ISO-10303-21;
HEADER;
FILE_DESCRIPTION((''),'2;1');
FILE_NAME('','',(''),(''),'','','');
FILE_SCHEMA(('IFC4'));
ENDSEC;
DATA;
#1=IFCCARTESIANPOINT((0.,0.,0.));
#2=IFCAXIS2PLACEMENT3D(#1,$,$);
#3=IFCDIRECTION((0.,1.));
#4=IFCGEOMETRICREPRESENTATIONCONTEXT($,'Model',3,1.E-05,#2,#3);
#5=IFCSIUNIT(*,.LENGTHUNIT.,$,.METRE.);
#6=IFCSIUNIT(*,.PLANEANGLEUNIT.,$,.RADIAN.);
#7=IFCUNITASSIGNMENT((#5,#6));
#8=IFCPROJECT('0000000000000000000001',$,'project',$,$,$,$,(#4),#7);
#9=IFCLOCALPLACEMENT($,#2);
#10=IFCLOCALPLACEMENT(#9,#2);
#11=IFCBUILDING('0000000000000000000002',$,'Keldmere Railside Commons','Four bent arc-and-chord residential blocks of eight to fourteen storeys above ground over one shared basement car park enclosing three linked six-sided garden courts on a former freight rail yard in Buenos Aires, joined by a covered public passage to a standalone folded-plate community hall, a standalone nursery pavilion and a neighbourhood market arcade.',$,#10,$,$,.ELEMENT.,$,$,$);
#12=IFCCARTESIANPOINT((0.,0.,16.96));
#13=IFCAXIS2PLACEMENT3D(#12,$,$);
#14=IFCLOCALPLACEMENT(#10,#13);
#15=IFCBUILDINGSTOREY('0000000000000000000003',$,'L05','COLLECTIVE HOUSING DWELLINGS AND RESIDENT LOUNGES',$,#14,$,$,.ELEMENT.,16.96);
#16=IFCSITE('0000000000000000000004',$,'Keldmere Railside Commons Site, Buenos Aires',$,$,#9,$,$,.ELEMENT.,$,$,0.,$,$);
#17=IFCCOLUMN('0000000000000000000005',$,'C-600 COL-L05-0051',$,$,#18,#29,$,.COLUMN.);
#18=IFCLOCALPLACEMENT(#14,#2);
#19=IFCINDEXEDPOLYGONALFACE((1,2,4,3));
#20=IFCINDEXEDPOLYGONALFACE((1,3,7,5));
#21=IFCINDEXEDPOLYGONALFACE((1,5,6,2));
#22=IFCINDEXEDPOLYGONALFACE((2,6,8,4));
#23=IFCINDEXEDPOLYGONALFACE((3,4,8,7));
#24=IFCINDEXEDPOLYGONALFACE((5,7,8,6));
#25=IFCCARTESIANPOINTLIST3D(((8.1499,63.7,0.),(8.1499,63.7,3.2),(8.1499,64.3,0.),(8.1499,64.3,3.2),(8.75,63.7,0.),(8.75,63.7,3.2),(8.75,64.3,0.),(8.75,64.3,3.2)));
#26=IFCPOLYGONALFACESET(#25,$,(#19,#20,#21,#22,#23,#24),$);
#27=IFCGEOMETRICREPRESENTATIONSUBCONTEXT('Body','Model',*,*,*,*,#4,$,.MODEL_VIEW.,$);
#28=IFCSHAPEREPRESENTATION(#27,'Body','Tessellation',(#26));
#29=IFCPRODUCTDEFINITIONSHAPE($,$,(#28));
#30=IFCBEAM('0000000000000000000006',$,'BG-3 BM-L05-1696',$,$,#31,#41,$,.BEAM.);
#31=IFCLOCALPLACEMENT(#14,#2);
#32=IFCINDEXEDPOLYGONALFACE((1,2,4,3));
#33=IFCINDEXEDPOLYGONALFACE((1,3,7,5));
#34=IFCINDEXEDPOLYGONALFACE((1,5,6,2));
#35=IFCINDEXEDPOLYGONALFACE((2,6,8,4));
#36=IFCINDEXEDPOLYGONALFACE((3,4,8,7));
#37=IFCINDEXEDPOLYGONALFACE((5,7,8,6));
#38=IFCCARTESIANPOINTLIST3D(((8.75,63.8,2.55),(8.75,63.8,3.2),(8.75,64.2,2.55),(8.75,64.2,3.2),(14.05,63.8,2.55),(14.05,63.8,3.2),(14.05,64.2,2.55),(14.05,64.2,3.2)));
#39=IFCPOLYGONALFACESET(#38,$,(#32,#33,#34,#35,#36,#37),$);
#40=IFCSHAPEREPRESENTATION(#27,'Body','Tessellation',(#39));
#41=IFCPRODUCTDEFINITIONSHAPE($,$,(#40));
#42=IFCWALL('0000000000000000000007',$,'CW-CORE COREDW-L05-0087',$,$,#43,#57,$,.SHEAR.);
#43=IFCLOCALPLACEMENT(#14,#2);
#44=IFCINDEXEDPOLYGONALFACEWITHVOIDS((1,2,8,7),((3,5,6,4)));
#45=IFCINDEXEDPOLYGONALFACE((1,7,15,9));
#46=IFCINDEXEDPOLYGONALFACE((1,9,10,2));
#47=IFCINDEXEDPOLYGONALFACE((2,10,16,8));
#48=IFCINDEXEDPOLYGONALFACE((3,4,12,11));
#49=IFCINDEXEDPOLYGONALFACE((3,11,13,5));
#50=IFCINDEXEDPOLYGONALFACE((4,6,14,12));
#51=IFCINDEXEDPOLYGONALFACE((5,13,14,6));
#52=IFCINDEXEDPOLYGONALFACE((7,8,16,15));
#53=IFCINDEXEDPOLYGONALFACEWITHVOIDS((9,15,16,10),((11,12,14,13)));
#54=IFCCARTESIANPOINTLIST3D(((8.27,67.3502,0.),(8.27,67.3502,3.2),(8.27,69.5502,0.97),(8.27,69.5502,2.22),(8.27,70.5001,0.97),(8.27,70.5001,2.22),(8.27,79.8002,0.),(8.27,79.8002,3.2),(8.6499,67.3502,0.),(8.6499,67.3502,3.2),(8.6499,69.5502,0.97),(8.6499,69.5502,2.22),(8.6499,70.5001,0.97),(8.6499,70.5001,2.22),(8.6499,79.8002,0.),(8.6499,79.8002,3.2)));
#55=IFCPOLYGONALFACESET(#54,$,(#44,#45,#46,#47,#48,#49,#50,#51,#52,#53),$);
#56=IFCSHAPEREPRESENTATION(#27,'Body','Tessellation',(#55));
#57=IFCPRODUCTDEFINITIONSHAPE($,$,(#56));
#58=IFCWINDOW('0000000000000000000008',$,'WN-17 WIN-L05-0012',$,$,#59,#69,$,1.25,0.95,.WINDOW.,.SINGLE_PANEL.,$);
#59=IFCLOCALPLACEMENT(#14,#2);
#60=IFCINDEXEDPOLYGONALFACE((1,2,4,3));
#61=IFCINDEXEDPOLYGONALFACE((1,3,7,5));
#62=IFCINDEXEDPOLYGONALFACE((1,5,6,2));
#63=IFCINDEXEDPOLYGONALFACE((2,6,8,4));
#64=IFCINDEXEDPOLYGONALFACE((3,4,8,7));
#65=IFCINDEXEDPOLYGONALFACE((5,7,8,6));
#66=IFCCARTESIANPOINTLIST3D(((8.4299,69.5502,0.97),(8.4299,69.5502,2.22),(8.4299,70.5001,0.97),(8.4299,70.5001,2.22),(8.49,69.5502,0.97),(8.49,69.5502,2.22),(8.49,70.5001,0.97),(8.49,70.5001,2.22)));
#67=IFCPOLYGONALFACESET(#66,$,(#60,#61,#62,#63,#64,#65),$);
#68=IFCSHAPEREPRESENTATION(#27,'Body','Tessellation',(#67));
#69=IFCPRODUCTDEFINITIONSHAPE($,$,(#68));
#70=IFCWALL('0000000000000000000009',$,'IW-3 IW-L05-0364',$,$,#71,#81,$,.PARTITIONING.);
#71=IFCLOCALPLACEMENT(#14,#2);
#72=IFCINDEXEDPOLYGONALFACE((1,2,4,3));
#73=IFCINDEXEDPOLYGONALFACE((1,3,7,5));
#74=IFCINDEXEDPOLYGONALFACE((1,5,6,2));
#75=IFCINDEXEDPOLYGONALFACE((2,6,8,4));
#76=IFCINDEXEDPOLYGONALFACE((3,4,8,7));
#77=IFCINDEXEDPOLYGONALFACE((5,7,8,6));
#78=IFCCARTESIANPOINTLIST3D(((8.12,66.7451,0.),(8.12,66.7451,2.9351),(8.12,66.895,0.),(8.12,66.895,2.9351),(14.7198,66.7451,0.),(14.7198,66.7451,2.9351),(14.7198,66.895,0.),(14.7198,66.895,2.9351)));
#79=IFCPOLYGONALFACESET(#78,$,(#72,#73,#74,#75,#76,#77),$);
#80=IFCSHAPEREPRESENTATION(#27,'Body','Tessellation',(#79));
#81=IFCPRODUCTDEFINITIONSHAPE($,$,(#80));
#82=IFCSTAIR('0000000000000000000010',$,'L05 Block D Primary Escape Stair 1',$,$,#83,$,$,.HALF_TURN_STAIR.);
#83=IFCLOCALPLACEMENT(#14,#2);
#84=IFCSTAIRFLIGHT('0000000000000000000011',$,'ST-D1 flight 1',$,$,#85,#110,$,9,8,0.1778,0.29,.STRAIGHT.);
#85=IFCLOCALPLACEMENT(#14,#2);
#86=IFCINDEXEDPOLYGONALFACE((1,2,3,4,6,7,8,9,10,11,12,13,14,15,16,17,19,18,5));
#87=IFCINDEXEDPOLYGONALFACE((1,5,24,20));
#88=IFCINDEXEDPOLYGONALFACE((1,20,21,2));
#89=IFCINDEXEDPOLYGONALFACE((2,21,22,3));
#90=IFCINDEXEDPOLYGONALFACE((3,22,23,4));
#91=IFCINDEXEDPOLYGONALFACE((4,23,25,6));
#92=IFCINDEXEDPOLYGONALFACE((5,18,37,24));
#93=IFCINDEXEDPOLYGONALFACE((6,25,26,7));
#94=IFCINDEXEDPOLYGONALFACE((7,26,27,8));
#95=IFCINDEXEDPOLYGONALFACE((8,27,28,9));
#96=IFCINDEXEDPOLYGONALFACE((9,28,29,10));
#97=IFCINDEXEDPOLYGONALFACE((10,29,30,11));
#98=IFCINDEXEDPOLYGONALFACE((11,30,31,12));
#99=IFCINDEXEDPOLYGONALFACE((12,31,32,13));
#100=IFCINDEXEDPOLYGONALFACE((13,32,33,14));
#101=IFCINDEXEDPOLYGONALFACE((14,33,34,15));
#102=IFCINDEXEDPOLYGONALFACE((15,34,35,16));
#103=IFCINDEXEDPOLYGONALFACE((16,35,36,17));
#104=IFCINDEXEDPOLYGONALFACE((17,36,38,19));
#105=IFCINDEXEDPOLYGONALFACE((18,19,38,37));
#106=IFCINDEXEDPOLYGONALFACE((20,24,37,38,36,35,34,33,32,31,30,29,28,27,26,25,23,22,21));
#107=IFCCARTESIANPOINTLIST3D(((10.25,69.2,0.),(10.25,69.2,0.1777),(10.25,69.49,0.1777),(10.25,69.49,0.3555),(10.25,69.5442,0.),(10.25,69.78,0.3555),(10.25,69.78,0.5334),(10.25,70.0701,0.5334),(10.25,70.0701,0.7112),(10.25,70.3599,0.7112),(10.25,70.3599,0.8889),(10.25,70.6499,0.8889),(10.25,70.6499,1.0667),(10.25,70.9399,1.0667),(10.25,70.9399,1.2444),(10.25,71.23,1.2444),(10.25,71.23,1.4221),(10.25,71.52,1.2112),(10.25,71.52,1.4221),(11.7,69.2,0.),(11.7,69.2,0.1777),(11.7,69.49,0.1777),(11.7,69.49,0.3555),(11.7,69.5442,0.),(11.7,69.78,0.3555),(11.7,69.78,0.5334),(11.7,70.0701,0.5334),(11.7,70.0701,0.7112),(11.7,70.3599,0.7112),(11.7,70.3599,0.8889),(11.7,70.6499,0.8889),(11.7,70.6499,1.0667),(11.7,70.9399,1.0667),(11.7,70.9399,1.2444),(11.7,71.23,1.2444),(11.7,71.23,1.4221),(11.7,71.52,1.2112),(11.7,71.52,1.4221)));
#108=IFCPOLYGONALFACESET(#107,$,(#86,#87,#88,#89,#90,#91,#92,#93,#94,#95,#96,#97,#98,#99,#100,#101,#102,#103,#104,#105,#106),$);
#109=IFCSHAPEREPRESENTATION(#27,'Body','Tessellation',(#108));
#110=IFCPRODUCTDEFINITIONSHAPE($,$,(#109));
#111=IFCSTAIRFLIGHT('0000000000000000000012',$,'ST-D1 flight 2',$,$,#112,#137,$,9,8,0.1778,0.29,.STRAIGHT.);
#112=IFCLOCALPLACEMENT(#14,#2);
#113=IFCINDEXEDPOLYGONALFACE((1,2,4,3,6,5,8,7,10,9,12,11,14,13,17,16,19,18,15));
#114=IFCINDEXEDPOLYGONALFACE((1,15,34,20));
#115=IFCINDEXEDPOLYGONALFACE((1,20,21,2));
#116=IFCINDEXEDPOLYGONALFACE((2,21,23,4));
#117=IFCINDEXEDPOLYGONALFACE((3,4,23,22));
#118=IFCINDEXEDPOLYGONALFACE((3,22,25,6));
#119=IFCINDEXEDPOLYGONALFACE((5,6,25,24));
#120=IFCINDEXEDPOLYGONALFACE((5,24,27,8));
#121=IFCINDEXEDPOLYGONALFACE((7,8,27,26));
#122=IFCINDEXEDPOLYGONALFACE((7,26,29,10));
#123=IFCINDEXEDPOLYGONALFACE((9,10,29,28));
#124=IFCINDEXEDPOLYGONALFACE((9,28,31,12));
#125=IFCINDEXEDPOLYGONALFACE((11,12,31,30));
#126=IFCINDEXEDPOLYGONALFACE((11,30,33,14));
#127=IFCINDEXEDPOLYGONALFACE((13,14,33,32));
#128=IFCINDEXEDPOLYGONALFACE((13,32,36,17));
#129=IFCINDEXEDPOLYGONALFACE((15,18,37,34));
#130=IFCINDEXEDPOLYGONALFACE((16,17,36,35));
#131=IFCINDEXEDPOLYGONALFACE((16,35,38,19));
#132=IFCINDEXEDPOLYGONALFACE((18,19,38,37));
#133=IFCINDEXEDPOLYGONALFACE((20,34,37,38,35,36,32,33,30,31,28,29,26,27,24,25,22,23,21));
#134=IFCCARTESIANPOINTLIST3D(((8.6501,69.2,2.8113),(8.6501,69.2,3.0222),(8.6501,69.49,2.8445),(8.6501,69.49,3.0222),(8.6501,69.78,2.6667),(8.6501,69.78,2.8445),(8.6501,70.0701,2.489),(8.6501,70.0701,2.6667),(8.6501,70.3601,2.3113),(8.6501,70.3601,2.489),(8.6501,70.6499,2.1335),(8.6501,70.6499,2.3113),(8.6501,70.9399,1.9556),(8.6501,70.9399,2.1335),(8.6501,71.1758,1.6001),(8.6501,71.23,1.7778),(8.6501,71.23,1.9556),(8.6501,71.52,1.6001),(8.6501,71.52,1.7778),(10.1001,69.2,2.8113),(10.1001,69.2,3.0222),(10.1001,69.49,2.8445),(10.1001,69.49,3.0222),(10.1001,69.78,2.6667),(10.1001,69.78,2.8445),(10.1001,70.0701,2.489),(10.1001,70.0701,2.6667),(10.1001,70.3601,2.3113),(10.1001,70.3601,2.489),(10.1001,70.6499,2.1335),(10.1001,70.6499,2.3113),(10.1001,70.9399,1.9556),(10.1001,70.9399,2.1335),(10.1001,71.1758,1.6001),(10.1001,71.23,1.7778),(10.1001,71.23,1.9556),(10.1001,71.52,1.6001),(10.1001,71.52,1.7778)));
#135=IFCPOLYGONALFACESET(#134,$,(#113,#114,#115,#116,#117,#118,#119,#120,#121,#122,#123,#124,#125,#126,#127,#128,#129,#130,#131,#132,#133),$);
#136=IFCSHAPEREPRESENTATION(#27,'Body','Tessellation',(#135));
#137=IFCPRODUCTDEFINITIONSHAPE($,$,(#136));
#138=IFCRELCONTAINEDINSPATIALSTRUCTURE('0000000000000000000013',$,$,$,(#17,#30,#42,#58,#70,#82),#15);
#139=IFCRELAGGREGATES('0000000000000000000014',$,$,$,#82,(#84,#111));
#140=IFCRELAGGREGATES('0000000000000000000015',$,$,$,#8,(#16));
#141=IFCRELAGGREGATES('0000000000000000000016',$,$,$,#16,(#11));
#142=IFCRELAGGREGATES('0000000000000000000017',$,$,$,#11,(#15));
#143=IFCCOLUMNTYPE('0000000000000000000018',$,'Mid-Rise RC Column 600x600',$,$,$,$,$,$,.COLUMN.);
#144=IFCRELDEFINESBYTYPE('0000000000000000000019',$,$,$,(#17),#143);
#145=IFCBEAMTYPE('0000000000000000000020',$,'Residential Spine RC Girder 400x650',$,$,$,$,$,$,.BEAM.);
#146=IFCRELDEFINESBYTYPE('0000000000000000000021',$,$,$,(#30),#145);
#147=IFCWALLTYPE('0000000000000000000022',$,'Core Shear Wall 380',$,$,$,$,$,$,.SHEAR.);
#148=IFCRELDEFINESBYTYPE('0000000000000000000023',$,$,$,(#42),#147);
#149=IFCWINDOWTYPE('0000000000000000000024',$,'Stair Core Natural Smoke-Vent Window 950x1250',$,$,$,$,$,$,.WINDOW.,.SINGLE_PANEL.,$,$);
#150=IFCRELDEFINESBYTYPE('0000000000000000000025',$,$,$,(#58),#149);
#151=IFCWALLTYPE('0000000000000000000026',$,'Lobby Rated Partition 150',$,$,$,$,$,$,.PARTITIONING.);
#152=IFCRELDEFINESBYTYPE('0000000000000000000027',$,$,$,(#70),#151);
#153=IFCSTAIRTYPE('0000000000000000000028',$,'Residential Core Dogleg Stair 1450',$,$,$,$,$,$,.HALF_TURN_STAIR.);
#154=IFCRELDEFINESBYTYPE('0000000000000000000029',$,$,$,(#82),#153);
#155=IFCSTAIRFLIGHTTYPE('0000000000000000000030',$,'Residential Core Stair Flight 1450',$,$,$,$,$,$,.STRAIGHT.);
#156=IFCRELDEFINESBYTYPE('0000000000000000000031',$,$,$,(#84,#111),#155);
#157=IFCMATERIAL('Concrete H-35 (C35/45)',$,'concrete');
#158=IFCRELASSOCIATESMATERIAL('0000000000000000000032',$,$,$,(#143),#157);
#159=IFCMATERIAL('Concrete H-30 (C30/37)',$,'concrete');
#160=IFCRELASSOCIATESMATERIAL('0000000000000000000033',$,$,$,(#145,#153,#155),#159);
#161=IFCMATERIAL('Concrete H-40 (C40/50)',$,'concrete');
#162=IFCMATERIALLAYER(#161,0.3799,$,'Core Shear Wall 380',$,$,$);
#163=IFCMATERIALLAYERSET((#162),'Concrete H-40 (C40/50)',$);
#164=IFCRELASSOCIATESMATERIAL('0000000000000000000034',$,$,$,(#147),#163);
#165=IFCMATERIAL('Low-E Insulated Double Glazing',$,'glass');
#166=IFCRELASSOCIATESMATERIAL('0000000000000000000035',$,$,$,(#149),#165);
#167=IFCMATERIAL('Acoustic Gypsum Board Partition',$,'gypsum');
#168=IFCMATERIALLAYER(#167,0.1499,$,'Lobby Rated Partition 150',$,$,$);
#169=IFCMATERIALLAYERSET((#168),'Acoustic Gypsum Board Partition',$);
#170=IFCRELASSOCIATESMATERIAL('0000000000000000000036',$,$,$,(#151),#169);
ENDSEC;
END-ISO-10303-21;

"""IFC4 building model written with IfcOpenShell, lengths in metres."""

from ifc_helpers import new_model, si_unit, direction, frame, frame_2d, origin, origin_2d, place, context, subcontext, project, spatial, polyline, rectangle, outline, extrude, material, layer, layer_set, material_profile, profile_set, type_object, element, fill, aggregate, save


model = new_model("IFC4")

# Units and contexts
model_context = context("Model", 3, precision=1e-05, world=origin(), true_north=direction((0.0, 1.0)))
body_context = subcontext(model_context, "Body", "Model", "MODEL_VIEW")
ifc_project = project(units=[si_unit("LENGTHUNIT", "METRE"), si_unit("PLANEANGLEUNIT", "RADIAN")], contexts=[model_context])

# Site, building, storey
site_placement = place(None, origin())
site = spatial("IfcSite", under=ifc_project, at=site_placement, Name="Keldmere Railside Commons Site, Buenos Aires", CompositionType="ELEMENT", RefElevation=0.0)
building_placement = place(site_placement, origin())
building = spatial("IfcBuilding", under=site, at=building_placement, Name="Keldmere Railside Commons", Description="Four bent arc-and-chord residential blocks of eight to fourteen storeys above ground over one shared basement car park enclosing three linked six-sided garden courts on a former freight rail yard in Buenos Aires, joined by a covered public passage to a standalone folded-plate community hall, a standalone nursery pavilion and a neighbourhood market arcade.", CompositionType="ELEMENT")
storey_placement = place(building_placement, frame((0.0, 0.0, 16.96)))
storey = spatial("IfcBuildingStorey", under=building, at=storey_placement, Name="L05", Description="COLLECTIVE HOUSING DWELLINGS AND RESIDENT LOUNGES", CompositionType="ELEMENT", Elevation=16.96)

# Column
ifc_material_1 = material(Name="Concrete H-35 (C35/45)", Category="concrete")
ifc_material_profile_1 = material_profile(ifc_material_1, rectangle(XDim=0.6001, YDim=0.6001, at=origin_2d()), Name="RC-600x600")
ifc_profile_set_1 = profile_set([ifc_material_profile_1], Name="Concrete H-35 (C35/45)")
column_type = type_object("IfcColumnType", Name="Mid-Rise RC Column 600x600", PredefinedType="COLUMN", material=ifc_profile_set_1)
column_placement = place(storey_placement, frame((8.45, 64.0, 0.0), z_axis=(0.0, 0.0, 1.0), x_axis=(1.0, 0.0, 0.0)))
element("IfcColumn", 1, at=column_placement, inside=storey, type_object=column_type, Name="C-600 COL-L05-0051", PredefinedType="COLUMN", context=body_context, shape_type="SweptSolid", body=[
    extrude(rectangle(XDim=0.6001, YDim=0.6001, at=origin_2d()), origin(), (0.0, 0.0, 1.0), 3.2),
])

# Beam
ifc_material_2 = material(Name="Concrete H-30 (C30/37)", Category="concrete")
ifc_material_profile_2 = material_profile(ifc_material_2, rectangle(XDim=0.3999, YDim=0.6499, at=origin_2d()), Name="RC-400x650")
ifc_profile_set_2 = profile_set([ifc_material_profile_2], Name="Concrete H-30 (C30/37)")
beam_type = type_object("IfcBeamType", Name="Residential Spine RC Girder 400x650", PredefinedType="BEAM", material=ifc_profile_set_2)
beam_placement = place(storey_placement, frame((8.75, 64.0, 2.875), z_axis=(1.0, 0.0, 0.0), x_axis=(0.0, 1.0, 0.0)))
element("IfcBeam", 2, at=beam_placement, inside=storey, type_object=beam_type, Name="BG-3 BM-L05-1696", PredefinedType="BEAM", context=body_context, shape_type="SweptSolid", body=[
    extrude(rectangle(XDim=0.3999, YDim=0.6499, at=origin_2d()), origin(), (0.0, 0.0, 1.0), 5.3),
])

# Wall, opening, window
ifc_material_3 = material(Name="Concrete H-40 (C40/50)", Category="concrete")
ifc_layer_1 = layer(ifc_material_3, 0.3799, Name="Core Shear Wall 380")
ifc_layer_set_1 = layer_set([ifc_layer_1], Name="Concrete H-40 (C40/50)")
wall_type_1 = type_object("IfcWallType", Name="Core Shear Wall 380", PredefinedType="SHEAR", material=ifc_layer_set_1)
wall_1_placement = place(storey_placement, frame((8.46, 67.3501, 0.0), z_axis=(0.0, 0.0, 1.0), x_axis=(0.0, 1.0, 0.0)))
wall_1 = element("IfcWall", 3, at=wall_1_placement, inside=storey, type_object=wall_type_1, Name="CW-CORE COREDW-L05-0087", PredefinedType="SHEAR", context=body_context, shape_type="SweptSolid", body=[
    extrude(rectangle(XDim=12.45, YDim=0.3799, at=frame_2d((6.2251, 0.0))), origin(), (0.0, 0.0, 1.0), 3.2),
])
opening_placement = place(wall_1_placement, frame((2.2, 0.0, 0.97)))
opening = element("IfcOpeningElement", 4, at=opening_placement, cuts=wall_1, PredefinedType="OPENING", context=body_context, shape_type="SweptSolid", body=[
    extrude(rectangle(XDim=0.95, YDim=1.25, at=frame_2d((0.4751, 0.625))), frame((0.0, 0.2, 0.0), z_axis=(0.0, -1.0, 0.0), x_axis=(1.0, 0.0, 0.0)), (0.0, 0.0, 1.0), 0.3999),
])
ifc_material_4 = material(Name="Low-E Insulated Double Glazing", Category="glass")
window_type = type_object("IfcWindowType", Name="Stair Core Natural Smoke-Vent Window 950x1250", PartitioningType="SINGLE_PANEL", PredefinedType="WINDOW", material=ifc_material_4)
window_placement = place(opening_placement, origin())
window = element("IfcWindow", 5, at=window_placement, inside=storey, type_object=window_type, Name="WN-17 WIN-L05-0012", OverallHeight=1.25, OverallWidth=0.95, PartitioningType="SINGLE_PANEL", PredefinedType="WINDOW", context=body_context, shape_type="SweptSolid", body=[
    extrude(rectangle(XDim=0.95, YDim=1.25, at=frame_2d((0.4751, 0.625))), frame((0.0, 0.03, 0.0), z_axis=(0.0, -1.0, 0.0), x_axis=(1.0, 0.0, 0.0)), (0.0, 0.0, 1.0), 0.0601),
])
fill(opening, window)

# Wall
ifc_material_5 = material(Name="Acoustic Gypsum Board Partition", Category="gypsum")
ifc_layer_2 = layer(ifc_material_5, 0.1499, Name="Lobby Rated Partition 150")
ifc_layer_set_2 = layer_set([ifc_layer_2], Name="Acoustic Gypsum Board Partition")
wall_type_2 = type_object("IfcWallType", Name="Lobby Rated Partition 150", PredefinedType="PARTITIONING", material=ifc_layer_set_2)
wall_2_placement = place(storey_placement, frame((8.1201, 66.8201, 0.0), z_axis=(0.0, 0.0, 1.0), x_axis=(1.0, 0.0, 0.0)))
element("IfcWall", 6, at=wall_2_placement, inside=storey, type_object=wall_type_2, Name="IW-3 IW-L05-0364", PredefinedType="PARTITIONING", context=body_context, shape_type="SweptSolid", body=[
    extrude(rectangle(XDim=6.5999, YDim=0.1499, at=frame_2d((3.2998, 0.0))), origin(), (0.0, 0.0, 1.0), 2.9351),
])

# Stair, stair flights
stair_type = type_object("IfcStairType", Name="Residential Core Dogleg Stair 1450", PredefinedType="HALF_TURN_STAIR", material=ifc_material_2)
stair_placement = place(storey_placement, origin())
stair = element("IfcStair", 7, at=stair_placement, inside=storey, type_object=stair_type, Name="L05 Block D Primary Escape Stair 1", PredefinedType="HALF_TURN_STAIR")
stair_flight_type = type_object("IfcStairFlightType", Name="Residential Core Stair Flight 1450", PredefinedType="STRAIGHT", material=ifc_material_2)
stair_flight_1_placement = place(storey_placement, frame((10.9751, 69.2, 0.0), z_axis=(0.0, 0.0, 1.0), x_axis=(0.0, 1.0, 0.0)))
stair_flight_1 = element("IfcStairFlight", 8, at=stair_flight_1_placement, type_object=stair_flight_type, Name="ST-D1 flight 1", NumberOfRisers=9, NumberOfTreads=8, PredefinedType="STRAIGHT", RiserHeight=0.1778, TreadLength=0.29, context=body_context, shape_type="SweptSolid", body=[
    extrude(outline(polyline([(0.0, 0.0), (0.0, 0.1777), (0.29, 0.1777), (0.29, 0.3555), (0.5801, 0.3555), (0.5801, 0.5334), (0.8701, 0.5334), (0.8701, 0.7112), (1.1599, 0.7112), (1.1599, 0.8889), (1.45, 0.8889), (1.45, 1.0667), (1.74, 1.0667), (1.74, 1.2444), (2.03, 1.2444), (2.03, 1.4221), (2.3201, 1.4221), (2.3201, 1.6001), (2.3201, 1.2112), (0.3442, 0.0), (0.0, 0.0)])), frame((0.0, 0.7251, 0.0), z_axis=(0.0, -1.0, 0.0), x_axis=(1.0, 0.0, 0.0)), (0.0, 0.0, 1.0), 1.45),
])
stair_flight_2_placement = place(storey_placement, frame((9.375, 71.52, 1.6001), z_axis=(0.0, 0.0, 1.0), x_axis=(0.0, -1.0, 0.0)))
stair_flight_2 = element("IfcStairFlight", 9, at=stair_flight_2_placement, type_object=stair_flight_type, Name="ST-D1 flight 2", NumberOfRisers=9, NumberOfTreads=8, PredefinedType="STRAIGHT", RiserHeight=0.1778, TreadLength=0.29, context=body_context, shape_type="SweptSolid", body=[
    extrude(outline(polyline([(0.0, 0.0), (0.0, 0.1777), (0.29, 0.1777), (0.29, 0.3555), (0.5801, 0.3555), (0.5801, 0.5334), (0.8701, 0.5334), (0.8701, 0.7112), (1.1599, 0.7112), (1.1599, 0.8889), (1.45, 0.8889), (1.45, 1.0667), (1.74, 1.0667), (1.74, 1.2444), (2.03, 1.2444), (2.03, 1.4221), (2.3201, 1.4221), (2.3201, 1.6001), (2.3201, 1.2112), (0.3442, 0.0), (0.0, 0.0)])), frame((0.0, 0.7251, 0.0), z_axis=(0.0, -1.0, 0.0), x_axis=(1.0, 0.0, 0.0)), (0.0, 0.0, 1.0), 1.45),
])
aggregate(stair, [stair_flight_1, stair_flight_2])

save(model, "model.ifc")
